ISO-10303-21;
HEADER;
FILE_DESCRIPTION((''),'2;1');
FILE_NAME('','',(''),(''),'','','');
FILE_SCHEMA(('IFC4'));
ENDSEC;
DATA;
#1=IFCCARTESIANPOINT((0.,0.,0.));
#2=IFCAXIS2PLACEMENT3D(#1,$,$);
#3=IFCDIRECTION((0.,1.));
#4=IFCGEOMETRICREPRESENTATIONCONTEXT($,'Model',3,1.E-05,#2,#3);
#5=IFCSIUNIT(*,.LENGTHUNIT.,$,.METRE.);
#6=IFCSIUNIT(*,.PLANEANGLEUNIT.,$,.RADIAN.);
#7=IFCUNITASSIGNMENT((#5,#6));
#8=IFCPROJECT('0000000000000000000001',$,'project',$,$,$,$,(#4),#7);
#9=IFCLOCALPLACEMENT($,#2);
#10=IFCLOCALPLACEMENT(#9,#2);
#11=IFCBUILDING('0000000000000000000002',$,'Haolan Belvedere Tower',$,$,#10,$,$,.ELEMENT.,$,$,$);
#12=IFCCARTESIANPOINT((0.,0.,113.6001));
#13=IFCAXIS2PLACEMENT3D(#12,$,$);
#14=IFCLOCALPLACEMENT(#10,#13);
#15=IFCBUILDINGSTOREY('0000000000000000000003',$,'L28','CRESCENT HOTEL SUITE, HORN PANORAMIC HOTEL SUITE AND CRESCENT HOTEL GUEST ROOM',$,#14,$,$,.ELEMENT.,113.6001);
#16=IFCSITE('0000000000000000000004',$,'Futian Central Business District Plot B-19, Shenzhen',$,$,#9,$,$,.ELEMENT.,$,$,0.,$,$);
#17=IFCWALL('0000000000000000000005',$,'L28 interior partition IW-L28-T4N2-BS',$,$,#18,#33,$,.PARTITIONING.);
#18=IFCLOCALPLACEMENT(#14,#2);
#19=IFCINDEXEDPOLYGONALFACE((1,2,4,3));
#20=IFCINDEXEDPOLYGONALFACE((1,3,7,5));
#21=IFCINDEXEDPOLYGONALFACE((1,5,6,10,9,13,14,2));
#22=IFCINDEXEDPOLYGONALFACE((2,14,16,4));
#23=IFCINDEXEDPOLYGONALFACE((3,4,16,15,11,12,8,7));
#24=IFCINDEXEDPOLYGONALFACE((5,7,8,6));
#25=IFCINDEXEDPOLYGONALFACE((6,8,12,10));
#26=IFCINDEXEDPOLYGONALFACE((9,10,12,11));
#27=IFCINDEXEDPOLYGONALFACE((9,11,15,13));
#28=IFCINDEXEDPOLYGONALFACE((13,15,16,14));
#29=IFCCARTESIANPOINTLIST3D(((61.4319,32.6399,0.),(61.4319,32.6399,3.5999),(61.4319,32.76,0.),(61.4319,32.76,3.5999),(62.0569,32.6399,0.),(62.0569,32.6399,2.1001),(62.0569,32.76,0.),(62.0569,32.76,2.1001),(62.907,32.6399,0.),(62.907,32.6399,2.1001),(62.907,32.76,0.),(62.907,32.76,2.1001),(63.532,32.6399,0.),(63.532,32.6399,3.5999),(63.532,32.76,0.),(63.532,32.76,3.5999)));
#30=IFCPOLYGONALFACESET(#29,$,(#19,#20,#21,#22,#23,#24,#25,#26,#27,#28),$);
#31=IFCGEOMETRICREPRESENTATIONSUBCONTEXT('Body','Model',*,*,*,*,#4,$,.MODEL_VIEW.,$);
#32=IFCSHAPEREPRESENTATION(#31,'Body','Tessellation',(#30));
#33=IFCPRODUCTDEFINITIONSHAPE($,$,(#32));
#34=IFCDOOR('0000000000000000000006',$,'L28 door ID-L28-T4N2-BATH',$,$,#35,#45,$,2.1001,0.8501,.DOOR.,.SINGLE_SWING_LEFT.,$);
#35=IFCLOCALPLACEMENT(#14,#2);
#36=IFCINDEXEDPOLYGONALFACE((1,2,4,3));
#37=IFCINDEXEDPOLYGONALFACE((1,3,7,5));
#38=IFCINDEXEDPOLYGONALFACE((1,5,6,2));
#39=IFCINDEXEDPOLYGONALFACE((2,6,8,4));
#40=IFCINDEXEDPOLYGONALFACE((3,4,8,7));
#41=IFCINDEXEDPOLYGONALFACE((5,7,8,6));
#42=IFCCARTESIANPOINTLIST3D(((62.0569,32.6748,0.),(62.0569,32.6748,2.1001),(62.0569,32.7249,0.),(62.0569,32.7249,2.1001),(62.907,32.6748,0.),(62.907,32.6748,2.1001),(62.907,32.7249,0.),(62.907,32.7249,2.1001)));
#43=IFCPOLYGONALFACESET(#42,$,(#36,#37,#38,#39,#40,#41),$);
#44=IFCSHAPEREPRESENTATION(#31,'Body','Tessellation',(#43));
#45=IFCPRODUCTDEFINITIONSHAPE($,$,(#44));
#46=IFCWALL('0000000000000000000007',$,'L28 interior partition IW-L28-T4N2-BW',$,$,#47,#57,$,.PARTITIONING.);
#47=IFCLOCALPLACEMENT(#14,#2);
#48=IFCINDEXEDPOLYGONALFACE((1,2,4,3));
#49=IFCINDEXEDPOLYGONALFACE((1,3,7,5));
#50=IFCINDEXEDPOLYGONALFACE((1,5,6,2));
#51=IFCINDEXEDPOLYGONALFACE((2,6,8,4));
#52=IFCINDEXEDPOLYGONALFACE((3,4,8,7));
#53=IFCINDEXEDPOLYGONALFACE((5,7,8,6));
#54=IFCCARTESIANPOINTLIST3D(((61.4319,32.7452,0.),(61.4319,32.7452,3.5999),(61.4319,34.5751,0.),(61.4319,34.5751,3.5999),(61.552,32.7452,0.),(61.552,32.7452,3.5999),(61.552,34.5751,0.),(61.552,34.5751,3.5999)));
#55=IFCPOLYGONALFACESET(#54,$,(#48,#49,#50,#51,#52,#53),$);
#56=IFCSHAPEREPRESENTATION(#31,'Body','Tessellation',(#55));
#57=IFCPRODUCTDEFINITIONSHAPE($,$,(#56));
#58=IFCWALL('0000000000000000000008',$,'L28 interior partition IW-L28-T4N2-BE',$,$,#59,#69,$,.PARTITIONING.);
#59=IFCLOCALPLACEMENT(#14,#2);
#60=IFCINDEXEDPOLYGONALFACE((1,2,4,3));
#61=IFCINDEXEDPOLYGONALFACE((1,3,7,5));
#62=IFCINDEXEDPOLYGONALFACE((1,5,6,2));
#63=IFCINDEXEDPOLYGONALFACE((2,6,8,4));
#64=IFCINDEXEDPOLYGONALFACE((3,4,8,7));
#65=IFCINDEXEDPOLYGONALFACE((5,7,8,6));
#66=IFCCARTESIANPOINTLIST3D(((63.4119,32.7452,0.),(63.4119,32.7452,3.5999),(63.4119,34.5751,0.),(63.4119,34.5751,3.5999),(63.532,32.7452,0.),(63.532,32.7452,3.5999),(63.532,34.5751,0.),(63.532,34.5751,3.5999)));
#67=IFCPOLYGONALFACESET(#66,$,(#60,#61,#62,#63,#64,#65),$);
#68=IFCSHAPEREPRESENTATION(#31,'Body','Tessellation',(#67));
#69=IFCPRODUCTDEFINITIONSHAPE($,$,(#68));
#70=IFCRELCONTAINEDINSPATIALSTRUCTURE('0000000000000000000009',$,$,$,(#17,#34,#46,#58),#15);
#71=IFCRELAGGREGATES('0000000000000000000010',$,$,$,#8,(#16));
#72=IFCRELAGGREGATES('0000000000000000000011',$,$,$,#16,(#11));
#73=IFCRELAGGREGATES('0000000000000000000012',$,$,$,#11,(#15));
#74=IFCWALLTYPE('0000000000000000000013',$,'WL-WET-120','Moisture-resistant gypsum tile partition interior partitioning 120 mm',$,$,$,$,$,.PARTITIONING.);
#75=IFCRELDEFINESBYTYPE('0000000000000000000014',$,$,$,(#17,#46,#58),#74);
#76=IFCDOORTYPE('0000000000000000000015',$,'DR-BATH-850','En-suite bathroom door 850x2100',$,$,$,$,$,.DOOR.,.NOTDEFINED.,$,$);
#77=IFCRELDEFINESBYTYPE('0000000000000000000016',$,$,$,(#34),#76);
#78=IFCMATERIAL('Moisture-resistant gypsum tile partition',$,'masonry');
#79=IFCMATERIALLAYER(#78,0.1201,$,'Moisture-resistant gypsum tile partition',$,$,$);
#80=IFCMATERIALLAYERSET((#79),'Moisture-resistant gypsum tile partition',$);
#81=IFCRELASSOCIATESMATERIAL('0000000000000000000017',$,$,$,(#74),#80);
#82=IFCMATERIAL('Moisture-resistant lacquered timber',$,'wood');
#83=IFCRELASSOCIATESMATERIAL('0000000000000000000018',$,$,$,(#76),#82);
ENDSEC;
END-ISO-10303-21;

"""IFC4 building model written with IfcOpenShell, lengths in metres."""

from ifc_helpers import new_model, si_unit, direction, frame, frame_2d, origin, place, context, subcontext, project, spatial, rectangle, extrude, material, layer, layer_set, type_object, element, fill, save


model = new_model("IFC4")

# Units and contexts
model_context = context("Model", 3, precision=1e-05, world=origin(), true_north=direction((0.0, 1.0)))
body_context = subcontext(model_context, "Body", "Model", "MODEL_VIEW")
ifc_project = project(units=[si_unit("LENGTHUNIT", "METRE"), si_unit("PLANEANGLEUNIT", "RADIAN")], contexts=[model_context])

# Site, building, storey
site_placement = place(None, origin())
site = spatial("IfcSite", under=ifc_project, at=site_placement, Name="Futian Central Business District Plot B-19, Shenzhen", CompositionType="ELEMENT", RefElevation=0.0)
building_placement = place(site_placement, origin())
building = spatial("IfcBuilding", under=site, at=building_placement, Name="Haolan Belvedere Tower", CompositionType="ELEMENT")
storey_placement = place(building_placement, frame((0.0, 0.0, 113.6001)))
storey = spatial("IfcBuildingStorey", under=building, at=storey_placement, Name="L28", Description="CRESCENT HOTEL SUITE, HORN PANORAMIC HOTEL SUITE AND CRESCENT HOTEL GUEST ROOM", CompositionType="ELEMENT", Elevation=113.6001)

# Shared definitions
ifc_material_1 = material(Name="Moisture-resistant gypsum tile partition", Category="masonry")
ifc_layer_1 = layer(ifc_material_1, 0.1201, Name="Moisture-resistant gypsum tile partition")
ifc_layer_set_1 = layer_set([ifc_layer_1], Name="Moisture-resistant gypsum tile partition")
wall_type_1 = type_object("IfcWallType", Name="WL-WET-120", Description="Moisture-resistant gypsum tile partition interior partitioning 120 mm", PredefinedType="PARTITIONING", material=ifc_layer_set_1)

# Shared definitions
ifc_material_2 = material(Name="Moisture-resistant lacquered timber", Category="wood")
door_type_1 = type_object("IfcDoorType", Name="DR-BATH-850", Description="En-suite bathroom door 850x2100", OperationType="NOTDEFINED", PredefinedType="DOOR", material=ifc_material_2)

# Wall, opening, door
wall_1_placement = place(storey_placement, frame((61.4319, 32.7, 0.0), z_axis=(0.0, 0.0, 1.0), x_axis=(1.0, 0.0, 0.0)))
wall_1 = element("IfcWall", 1, at=wall_1_placement, inside=storey, type_object=wall_type_1, Name="L28 interior partition IW-L28-T4N2-BS", PredefinedType="PARTITIONING", context=body_context, shape_type="SweptSolid", body=[
    extrude(rectangle(XDim=2.1001, YDim=0.1201, at=frame_2d((1.05, 0.0))), origin(), (0.0, 0.0, 1.0), 3.5999),
])
opening_1_placement = place(wall_1_placement, frame((0.625, 0.0, 0.0)))
opening_1 = element("IfcOpeningElement", 2, at=opening_1_placement, cuts=wall_1, PredefinedType="OPENING", context=body_context, shape_type="SweptSolid", body=[
    extrude(rectangle(XDim=0.8501, YDim=2.1001, at=frame_2d((0.425, 1.05))), frame((0.0, 0.0701, 0.0), z_axis=(0.0, -1.0, 0.0), x_axis=(1.0, 0.0, 0.0)), (0.0, 0.0, 1.0), 0.1401),
])
door_1_placement = place(opening_1_placement, origin())
door_1 = element("IfcDoor", 3, at=door_1_placement, inside=storey, type_object=door_type_1, Name="L28 door ID-L28-T4N2-BATH", OperationType="SINGLE_SWING_LEFT", OverallHeight=2.1001, OverallWidth=0.8501, PredefinedType="DOOR", context=body_context, shape_type="SweptSolid", body=[
    extrude(rectangle(XDim=0.8501, YDim=2.1001, at=frame_2d((0.425, 1.05))), frame((0.0, 0.0249, 0.0), z_axis=(0.0, -1.0, 0.0), x_axis=(1.0, 0.0, 0.0)), (0.0, 0.0, 1.0), 0.05),
])
fill(opening_1, door_1)

# Walls
for number, where, z_axis, x_axis, name in (
    (4, (61.4919, 32.7451, 0.0), (0.0, 0.0, 1.0), (0.0, 1.0, 0.0), "L28 interior partition IW-L28-T4N2-BW"),
    (5, (63.4719, 32.7451, 0.0), (0.0, 0.0, 1.0), (0.0, 1.0, 0.0), "L28 interior partition IW-L28-T4N2-BE"),
):
    element("IfcWall", number, at=place(storey_placement, frame(where, z_axis=z_axis, x_axis=x_axis)), inside=storey, type_object=wall_type_1, Name=name, PredefinedType="PARTITIONING", context=body_context, shape_type="SweptSolid", body=[
        extrude(rectangle(XDim=1.8298, YDim=0.1201, at=frame_2d((0.915, 0.0))), origin(), (0.0, 0.0, 1.0), 3.5999),
    ])

save(model, "model.ifc")
